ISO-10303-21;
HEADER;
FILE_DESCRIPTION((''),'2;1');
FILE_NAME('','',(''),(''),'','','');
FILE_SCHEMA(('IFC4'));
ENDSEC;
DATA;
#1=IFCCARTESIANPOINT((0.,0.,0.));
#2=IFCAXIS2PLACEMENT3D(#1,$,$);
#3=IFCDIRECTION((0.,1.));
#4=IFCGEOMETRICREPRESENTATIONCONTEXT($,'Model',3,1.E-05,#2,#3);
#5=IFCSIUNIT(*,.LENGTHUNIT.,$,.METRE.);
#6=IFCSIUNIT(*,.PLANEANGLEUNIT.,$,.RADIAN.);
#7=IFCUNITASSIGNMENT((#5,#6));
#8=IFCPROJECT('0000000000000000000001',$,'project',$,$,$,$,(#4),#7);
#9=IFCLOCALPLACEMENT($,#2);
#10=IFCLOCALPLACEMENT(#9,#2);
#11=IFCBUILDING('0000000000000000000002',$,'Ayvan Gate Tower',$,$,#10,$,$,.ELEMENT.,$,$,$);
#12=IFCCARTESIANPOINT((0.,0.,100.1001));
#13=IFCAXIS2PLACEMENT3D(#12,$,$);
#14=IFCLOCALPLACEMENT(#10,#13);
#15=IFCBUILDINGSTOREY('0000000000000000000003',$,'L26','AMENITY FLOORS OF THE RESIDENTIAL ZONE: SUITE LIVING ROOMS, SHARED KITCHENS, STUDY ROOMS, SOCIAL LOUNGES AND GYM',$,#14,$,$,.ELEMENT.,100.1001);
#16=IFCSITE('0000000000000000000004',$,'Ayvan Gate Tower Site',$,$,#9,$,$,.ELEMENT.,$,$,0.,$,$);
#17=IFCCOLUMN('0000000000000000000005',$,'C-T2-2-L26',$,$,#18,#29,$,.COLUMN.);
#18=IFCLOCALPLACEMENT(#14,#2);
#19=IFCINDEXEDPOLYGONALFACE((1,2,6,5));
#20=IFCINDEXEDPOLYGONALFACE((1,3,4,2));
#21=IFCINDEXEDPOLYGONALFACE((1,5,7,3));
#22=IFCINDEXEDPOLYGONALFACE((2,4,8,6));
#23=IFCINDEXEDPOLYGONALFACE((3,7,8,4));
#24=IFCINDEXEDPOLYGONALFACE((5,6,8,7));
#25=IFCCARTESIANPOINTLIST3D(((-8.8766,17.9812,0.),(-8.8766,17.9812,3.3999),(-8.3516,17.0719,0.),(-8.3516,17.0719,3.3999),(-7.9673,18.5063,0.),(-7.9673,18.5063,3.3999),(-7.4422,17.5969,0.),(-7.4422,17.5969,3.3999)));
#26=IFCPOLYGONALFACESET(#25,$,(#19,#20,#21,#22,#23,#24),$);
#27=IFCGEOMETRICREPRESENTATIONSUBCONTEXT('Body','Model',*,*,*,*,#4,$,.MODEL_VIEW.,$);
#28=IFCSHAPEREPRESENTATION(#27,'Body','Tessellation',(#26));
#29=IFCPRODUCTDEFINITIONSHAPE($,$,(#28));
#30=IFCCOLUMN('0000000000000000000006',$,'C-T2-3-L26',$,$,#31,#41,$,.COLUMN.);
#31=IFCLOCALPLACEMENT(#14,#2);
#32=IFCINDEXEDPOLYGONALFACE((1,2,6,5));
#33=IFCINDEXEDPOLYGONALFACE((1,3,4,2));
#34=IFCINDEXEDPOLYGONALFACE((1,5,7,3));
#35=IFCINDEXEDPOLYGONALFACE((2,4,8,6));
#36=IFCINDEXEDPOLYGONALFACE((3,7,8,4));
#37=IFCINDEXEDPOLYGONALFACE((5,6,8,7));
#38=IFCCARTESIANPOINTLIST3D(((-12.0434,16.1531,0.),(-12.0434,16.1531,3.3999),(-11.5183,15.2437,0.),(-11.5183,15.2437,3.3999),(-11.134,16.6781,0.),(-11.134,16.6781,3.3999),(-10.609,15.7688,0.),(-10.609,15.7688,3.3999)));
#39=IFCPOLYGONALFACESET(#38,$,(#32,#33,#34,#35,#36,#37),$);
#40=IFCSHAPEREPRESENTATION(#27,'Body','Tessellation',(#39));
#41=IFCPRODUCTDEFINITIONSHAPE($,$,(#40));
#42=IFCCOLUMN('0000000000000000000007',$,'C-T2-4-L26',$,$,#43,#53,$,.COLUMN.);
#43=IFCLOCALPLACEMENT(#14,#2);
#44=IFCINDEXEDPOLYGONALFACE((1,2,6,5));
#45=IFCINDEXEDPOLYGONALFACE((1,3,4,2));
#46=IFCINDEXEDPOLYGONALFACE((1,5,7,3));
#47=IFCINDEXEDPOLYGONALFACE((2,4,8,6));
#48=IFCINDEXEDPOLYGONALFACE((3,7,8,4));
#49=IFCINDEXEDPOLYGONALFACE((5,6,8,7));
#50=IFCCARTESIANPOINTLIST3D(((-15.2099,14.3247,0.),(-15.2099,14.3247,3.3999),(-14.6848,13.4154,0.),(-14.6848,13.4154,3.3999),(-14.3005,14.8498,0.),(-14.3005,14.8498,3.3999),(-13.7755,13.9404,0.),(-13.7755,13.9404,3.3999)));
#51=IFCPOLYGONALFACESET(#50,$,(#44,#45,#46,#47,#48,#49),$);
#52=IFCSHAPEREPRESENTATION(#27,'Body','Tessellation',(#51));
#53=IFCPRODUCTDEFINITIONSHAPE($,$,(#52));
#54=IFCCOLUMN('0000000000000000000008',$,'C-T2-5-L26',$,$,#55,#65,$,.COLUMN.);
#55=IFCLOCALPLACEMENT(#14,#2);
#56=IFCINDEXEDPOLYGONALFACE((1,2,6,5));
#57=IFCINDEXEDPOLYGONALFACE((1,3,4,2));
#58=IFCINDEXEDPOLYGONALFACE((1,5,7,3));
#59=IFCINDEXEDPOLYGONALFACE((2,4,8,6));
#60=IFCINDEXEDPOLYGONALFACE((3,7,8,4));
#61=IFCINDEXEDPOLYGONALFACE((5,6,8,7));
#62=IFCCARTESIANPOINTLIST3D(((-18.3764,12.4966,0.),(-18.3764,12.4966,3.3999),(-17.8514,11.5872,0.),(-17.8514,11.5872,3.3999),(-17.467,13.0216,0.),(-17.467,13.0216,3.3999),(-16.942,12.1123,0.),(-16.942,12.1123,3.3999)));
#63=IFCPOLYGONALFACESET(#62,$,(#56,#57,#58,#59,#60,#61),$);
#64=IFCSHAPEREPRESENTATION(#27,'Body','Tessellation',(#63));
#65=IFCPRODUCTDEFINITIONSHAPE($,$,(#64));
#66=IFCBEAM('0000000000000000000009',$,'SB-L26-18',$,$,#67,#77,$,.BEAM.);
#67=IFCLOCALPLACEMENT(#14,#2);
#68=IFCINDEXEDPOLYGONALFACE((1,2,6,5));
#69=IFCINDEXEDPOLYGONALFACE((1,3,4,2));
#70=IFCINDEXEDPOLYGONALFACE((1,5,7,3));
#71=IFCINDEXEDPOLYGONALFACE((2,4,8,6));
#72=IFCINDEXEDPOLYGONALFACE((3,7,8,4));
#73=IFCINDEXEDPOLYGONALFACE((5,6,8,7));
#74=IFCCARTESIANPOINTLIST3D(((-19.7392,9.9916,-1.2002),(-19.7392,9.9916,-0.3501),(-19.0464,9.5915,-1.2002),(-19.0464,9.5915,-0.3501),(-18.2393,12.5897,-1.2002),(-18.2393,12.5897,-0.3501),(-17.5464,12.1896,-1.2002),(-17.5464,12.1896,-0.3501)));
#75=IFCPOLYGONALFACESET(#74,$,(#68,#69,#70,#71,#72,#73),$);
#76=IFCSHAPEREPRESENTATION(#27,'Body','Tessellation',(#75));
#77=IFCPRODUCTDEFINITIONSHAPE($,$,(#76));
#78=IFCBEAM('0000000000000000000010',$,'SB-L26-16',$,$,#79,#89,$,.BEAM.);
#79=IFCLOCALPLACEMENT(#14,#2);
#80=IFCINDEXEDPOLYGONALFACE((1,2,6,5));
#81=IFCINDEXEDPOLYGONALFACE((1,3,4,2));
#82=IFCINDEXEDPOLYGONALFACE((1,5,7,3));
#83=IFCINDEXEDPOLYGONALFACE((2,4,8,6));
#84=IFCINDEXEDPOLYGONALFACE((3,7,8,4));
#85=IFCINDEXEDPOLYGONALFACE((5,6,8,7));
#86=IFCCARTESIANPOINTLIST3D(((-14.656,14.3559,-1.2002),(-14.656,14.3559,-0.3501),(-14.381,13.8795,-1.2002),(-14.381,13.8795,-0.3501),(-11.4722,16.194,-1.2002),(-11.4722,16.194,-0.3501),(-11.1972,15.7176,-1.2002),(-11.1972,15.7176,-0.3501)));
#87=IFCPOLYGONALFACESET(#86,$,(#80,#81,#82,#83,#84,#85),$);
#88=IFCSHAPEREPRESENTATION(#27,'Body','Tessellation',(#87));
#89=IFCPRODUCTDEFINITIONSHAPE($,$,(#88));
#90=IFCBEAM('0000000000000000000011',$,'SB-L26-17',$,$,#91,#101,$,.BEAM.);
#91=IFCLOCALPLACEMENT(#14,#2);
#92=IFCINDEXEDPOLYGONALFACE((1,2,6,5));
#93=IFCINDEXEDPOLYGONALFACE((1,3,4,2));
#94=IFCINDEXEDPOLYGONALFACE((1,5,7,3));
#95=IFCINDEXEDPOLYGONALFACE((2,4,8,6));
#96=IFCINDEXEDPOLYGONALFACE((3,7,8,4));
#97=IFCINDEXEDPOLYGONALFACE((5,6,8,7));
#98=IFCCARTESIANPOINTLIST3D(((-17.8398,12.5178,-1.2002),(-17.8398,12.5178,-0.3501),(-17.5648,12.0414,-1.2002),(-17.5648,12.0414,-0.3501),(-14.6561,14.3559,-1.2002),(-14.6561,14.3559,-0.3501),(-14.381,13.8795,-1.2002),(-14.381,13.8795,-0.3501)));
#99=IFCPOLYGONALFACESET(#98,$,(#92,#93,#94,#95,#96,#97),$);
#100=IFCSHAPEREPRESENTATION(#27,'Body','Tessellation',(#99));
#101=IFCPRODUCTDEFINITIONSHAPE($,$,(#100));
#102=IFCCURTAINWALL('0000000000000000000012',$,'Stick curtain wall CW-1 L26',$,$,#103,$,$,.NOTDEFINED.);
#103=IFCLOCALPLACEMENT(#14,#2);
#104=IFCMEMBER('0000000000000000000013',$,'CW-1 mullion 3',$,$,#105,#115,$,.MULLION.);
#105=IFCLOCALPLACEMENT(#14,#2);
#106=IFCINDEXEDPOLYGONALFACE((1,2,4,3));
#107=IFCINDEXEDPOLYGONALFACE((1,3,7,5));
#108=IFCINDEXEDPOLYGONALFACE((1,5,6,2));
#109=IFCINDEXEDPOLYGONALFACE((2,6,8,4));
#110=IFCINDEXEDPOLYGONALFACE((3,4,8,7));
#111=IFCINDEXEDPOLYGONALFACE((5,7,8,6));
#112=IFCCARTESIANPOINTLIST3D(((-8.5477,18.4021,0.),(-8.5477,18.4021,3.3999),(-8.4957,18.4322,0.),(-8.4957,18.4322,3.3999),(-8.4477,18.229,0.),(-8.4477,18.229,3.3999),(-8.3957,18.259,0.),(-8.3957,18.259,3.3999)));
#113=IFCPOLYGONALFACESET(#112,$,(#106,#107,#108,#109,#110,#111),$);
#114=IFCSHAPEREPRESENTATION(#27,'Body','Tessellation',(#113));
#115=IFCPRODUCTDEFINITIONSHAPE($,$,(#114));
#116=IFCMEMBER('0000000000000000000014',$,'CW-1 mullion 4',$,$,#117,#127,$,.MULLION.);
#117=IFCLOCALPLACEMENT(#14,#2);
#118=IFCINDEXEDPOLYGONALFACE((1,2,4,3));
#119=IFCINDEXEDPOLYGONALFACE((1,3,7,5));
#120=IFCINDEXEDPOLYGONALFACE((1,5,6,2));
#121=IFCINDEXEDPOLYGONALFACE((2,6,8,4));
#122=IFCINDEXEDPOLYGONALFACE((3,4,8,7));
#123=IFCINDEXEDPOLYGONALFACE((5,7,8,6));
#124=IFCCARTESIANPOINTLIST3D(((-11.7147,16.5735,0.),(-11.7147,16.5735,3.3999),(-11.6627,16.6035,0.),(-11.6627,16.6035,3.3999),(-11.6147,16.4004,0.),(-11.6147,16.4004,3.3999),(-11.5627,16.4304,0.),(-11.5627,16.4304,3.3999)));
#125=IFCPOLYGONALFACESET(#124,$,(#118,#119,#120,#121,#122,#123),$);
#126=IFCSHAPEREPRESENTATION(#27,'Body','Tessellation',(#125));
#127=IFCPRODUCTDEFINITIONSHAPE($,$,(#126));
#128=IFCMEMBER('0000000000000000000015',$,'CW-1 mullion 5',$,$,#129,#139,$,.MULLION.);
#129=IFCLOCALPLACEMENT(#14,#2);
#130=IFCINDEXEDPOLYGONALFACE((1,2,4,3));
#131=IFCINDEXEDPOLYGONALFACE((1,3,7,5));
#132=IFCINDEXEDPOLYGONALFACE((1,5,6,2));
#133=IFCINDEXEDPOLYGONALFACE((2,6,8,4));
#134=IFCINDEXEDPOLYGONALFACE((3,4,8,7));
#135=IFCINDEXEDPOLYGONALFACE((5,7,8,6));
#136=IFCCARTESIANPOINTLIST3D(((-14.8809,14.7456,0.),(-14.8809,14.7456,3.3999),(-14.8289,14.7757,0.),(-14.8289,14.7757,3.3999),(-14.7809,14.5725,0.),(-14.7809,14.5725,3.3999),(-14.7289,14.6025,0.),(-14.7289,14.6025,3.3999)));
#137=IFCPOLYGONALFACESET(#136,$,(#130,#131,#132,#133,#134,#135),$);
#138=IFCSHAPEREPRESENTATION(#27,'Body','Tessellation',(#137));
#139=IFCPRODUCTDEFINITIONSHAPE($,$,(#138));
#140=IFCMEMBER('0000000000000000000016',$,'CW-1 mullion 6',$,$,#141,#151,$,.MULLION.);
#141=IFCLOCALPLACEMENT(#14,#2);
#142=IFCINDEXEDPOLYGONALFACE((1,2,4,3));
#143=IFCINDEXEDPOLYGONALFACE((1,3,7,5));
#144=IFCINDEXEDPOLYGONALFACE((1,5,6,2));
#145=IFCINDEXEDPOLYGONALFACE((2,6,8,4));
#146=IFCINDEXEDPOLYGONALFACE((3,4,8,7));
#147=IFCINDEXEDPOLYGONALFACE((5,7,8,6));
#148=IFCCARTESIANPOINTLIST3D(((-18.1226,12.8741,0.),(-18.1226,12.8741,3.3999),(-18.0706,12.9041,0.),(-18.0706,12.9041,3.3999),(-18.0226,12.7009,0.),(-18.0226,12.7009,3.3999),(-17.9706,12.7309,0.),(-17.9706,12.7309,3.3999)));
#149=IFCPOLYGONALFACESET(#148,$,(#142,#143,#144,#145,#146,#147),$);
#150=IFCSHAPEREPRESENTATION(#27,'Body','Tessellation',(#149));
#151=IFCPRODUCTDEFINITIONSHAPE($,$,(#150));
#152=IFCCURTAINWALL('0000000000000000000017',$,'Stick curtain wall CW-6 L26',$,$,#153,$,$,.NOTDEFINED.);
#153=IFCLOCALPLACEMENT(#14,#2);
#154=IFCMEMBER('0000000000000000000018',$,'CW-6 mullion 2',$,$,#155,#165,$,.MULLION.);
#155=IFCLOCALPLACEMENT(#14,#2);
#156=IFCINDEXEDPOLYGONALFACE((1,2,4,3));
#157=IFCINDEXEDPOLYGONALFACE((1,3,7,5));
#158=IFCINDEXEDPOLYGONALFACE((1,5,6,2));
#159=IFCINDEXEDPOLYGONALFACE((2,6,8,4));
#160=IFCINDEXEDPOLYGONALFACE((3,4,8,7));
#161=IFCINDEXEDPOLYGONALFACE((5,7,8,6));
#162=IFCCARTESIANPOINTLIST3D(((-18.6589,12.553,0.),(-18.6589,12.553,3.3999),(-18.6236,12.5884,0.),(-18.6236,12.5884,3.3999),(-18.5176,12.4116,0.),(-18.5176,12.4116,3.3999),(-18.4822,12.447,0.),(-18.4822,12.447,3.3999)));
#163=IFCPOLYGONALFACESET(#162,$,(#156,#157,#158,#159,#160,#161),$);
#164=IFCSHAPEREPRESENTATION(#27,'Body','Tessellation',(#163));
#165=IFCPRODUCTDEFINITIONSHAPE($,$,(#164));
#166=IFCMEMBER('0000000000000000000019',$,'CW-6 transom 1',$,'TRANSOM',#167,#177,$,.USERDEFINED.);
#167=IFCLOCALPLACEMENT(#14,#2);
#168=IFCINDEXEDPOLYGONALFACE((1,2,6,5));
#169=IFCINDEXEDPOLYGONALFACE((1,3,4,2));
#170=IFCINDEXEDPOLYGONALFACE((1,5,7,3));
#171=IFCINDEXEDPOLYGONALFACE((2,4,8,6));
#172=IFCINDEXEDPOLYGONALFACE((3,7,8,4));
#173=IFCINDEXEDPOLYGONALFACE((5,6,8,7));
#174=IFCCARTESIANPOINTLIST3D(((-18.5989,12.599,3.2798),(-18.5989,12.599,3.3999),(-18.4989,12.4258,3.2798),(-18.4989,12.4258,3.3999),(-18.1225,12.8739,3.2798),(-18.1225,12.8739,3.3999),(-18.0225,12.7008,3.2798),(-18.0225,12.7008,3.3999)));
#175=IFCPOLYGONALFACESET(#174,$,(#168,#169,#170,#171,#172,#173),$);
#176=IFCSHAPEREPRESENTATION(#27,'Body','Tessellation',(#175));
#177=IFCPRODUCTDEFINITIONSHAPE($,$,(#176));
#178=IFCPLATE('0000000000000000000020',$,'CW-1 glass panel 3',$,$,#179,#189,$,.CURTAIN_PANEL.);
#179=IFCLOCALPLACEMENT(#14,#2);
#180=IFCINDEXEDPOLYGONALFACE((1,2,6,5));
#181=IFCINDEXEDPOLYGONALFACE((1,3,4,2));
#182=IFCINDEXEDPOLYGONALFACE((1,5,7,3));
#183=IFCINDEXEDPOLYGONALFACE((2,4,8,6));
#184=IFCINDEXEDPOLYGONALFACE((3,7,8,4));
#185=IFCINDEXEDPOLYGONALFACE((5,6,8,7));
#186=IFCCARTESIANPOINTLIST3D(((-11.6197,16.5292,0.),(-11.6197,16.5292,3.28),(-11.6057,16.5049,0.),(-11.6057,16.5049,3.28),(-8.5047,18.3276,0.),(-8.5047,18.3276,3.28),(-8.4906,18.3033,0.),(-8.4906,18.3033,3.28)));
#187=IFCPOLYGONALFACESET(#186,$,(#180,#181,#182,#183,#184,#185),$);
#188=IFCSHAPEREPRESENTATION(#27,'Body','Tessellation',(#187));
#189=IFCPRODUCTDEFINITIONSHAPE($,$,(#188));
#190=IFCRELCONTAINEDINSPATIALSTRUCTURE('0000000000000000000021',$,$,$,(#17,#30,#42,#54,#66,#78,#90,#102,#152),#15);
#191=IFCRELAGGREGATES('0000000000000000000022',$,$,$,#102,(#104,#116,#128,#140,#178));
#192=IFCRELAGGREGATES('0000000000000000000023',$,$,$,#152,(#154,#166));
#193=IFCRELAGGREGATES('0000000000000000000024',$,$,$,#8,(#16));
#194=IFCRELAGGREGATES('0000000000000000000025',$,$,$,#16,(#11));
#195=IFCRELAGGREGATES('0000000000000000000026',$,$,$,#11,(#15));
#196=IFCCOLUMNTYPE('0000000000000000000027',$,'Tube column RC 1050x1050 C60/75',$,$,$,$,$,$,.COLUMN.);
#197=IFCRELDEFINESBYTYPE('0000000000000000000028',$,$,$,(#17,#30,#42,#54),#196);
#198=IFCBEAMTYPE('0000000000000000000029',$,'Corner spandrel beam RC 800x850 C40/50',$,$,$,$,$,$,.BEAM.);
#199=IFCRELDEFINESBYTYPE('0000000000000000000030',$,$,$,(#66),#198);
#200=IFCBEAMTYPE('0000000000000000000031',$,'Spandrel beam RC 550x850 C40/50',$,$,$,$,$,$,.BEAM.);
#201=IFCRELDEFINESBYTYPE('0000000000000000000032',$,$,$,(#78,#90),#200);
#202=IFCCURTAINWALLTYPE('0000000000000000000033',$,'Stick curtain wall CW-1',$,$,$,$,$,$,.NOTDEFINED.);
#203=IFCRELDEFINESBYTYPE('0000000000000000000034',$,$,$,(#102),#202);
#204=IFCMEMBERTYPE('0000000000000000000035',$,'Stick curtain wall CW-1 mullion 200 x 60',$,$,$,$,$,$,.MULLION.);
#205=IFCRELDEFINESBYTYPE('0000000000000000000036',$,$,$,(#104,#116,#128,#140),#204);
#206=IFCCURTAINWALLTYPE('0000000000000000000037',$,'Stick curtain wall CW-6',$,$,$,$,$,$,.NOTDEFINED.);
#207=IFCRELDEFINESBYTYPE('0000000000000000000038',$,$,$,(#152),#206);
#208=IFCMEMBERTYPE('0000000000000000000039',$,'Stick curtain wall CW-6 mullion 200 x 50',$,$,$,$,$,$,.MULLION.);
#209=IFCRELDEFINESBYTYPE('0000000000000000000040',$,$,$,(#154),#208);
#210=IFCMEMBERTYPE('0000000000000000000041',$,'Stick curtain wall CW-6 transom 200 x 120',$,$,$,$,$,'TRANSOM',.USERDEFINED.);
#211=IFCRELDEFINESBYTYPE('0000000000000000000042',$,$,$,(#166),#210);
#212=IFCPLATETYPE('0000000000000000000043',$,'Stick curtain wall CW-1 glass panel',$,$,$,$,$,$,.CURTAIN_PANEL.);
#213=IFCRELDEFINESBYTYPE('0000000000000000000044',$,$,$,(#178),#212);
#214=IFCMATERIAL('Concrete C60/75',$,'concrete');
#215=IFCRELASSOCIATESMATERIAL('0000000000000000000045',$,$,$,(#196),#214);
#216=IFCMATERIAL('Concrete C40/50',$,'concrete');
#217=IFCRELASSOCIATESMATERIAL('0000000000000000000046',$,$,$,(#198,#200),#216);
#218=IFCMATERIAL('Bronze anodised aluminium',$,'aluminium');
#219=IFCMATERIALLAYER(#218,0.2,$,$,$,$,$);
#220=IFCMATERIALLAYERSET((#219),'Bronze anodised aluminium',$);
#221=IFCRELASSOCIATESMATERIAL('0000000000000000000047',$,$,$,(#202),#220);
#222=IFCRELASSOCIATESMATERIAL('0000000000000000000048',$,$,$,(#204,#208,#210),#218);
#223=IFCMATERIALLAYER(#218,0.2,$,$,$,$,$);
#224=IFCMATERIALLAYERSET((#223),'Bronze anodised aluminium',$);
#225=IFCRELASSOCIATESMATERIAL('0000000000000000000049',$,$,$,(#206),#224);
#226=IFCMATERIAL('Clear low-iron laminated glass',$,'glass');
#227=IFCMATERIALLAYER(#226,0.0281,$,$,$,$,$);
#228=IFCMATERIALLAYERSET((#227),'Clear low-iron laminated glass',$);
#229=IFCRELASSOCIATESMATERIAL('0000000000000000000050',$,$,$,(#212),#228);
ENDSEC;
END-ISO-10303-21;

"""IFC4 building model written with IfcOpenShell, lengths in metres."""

from ifc_helpers import new_model, si_unit, direction, frame, origin, origin_2d, place, context, subcontext, project, spatial, rectangle, extrude, material, layer, layer_set, material_profile, profile_set, type_object, element, aggregate, save


model = new_model("IFC4")

# Units and contexts
model_context = context("Model", 3, precision=1e-05, world=origin(), true_north=direction((0.0, 1.0)))
body_context = subcontext(model_context, "Body", "Model", "MODEL_VIEW")
ifc_project = project(units=[si_unit("LENGTHUNIT", "METRE"), si_unit("PLANEANGLEUNIT", "RADIAN")], contexts=[model_context])

# Site, building, storey
site_placement = place(None, origin())
site = spatial("IfcSite", under=ifc_project, at=site_placement, Name="Ayvan Gate Tower Site", CompositionType="ELEMENT", RefElevation=0.0)
building_placement = place(site_placement, origin())
building = spatial("IfcBuilding", under=site, at=building_placement, Name="Ayvan Gate Tower", CompositionType="ELEMENT")
storey_placement = place(building_placement, frame((0.0, 0.0, 100.1001)))
storey = spatial("IfcBuildingStorey", under=building, at=storey_placement, Name="L26", Description="AMENITY FLOORS OF THE RESIDENTIAL ZONE: SUITE LIVING ROOMS, SHARED KITCHENS, STUDY ROOMS, SOCIAL LOUNGES AND GYM", CompositionType="ELEMENT", Elevation=100.1001)

# Columns
ifc_material_1 = material(Name="Concrete C60/75", Category="concrete")
ifc_material_profile_1 = material_profile(ifc_material_1, rectangle(XDim=1.05, YDim=1.05, at=origin_2d()), Name="RC 1050x1050")
ifc_profile_set_1 = profile_set([ifc_material_profile_1], Name="Concrete C60/75")
column_type = type_object("IfcColumnType", Name="Tube column RC 1050x1050 C60/75", PredefinedType="COLUMN", material=ifc_profile_set_1)
for number, where, z_axis, x_axis, name in (
    (1, (-8.1594, 17.7891, 0.0), (0.0, 0.0, 1.0), (-0.5, 0.866025, 0.0), "C-T2-2-L26"),
    (2, (-11.3262, 15.9609, 0.0), (0.0, 0.0, 1.0), (-0.5, 0.866025, 0.0), "C-T2-3-L26"),
    (3, (-14.4927, 14.1326, 0.0), (0.0, 0.0, 1.0), (-0.5, 0.866025, 0.0), "C-T2-4-L26"),
    (4, (-17.6592, 12.3044, 0.0), (0.0, 0.0, 1.0), (-0.5, 0.866025, 0.0), "C-T2-5-L26"),
):
    element("IfcColumn", number, at=place(storey_placement, frame(where, z_axis=z_axis, x_axis=x_axis)), inside=storey, type_object=column_type, Name=name, PredefinedType="COLUMN", context=body_context, shape_type="SweptSolid", body=[
        extrude(rectangle(XDim=1.05, YDim=1.05, at=origin_2d()), origin(), (0.0, 0.0, 1.0), 3.3999),
    ])

# Beams
ifc_material_2 = material(Name="Concrete C40/50", Category="concrete")
ifc_material_profile_2 = material_profile(ifc_material_2, rectangle(XDim=0.8, YDim=0.8501, at=origin_2d()), Name="RC 800x850")
ifc_profile_set_2 = profile_set([ifc_material_profile_2], Name="Concrete C40/50")
beam_type_1 = type_object("IfcBeamType", Name="Corner spandrel beam RC 800x850 C40/50", PredefinedType="BEAM", material=ifc_profile_set_2)
beam_placement = place(storey_placement, frame((-17.8928, 12.3896, -0.7751), z_axis=(-0.49999, -0.866031, 0.0), x_axis=(0.866031, -0.49999, 0.0)))
element("IfcBeam", 5, at=beam_placement, inside=storey, type_object=beam_type_1, Name="SB-L26-18", PredefinedType="BEAM", context=body_context, shape_type="SweptSolid", body=[
    extrude(rectangle(XDim=0.8, YDim=0.8501, at=origin_2d()), origin(), (0.0, 0.0, 1.0), 3.0),
])
ifc_material_profile_3 = material_profile(ifc_material_2, rectangle(XDim=0.55, YDim=0.8501, at=origin_2d()), Name="RC 550x850")
ifc_profile_set_3 = profile_set([ifc_material_profile_3], Name="Concrete C40/50")
beam_type_2 = type_object("IfcBeamType", Name="Spandrel beam RC 550x850 C40/50", PredefinedType="BEAM", material=ifc_profile_set_3)
for number, where, z_axis, x_axis, name in (
    (6, (-11.3347, 15.9558, -0.7751), (-0.866032, -0.499989, 0.0), (0.499989, -0.866032, 0.0), "SB-L26-16"),
    (7, (-14.5186, 14.1177, -0.7751), (-0.866032, -0.499989, 0.0), (0.499989, -0.866032, 0.0), "SB-L26-17"),
):
    element("IfcBeam", number, at=place(storey_placement, frame(where, z_axis=z_axis, x_axis=x_axis)), inside=storey, type_object=beam_type_2, Name=name, PredefinedType="BEAM", context=body_context, shape_type="SweptSolid", body=[
        extrude(rectangle(XDim=0.55, YDim=0.8501, at=origin_2d()), origin(), (0.0, 0.0, 1.0), 3.6763),
    ])

# Curtain walls, members
ifc_material_3 = material(Name="Bronze anodised aluminium", Category="aluminium")
ifc_layer_1 = layer(ifc_material_3, 0.2)
ifc_layer_set_1 = layer_set([ifc_layer_1], Name="Bronze anodised aluminium")
curtain_wall_type_1 = type_object("IfcCurtainWallType", Name="Stick curtain wall CW-1", PredefinedType="NOTDEFINED", material=ifc_layer_set_1)
curtain_wall_1_placement = place(storey_placement, origin())
curtain_wall_1 = element("IfcCurtainWall", 8, at=curtain_wall_1_placement, inside=storey, type_object=curtain_wall_type_1, Name="Stick curtain wall CW-1 L26", PredefinedType="NOTDEFINED")
ifc_material_profile_4 = material_profile(ifc_material_3, rectangle(XDim=0.2, YDim=0.0601, at=origin_2d()), Name="Stick curtain wall CW-1 mullion 200 x 60")
ifc_profile_set_4 = profile_set([ifc_material_profile_4], Name="Bronze anodised aluminium")
member_type_1 = type_object("IfcMemberType", Name="Stick curtain wall CW-1 mullion 200 x 60", PredefinedType="MULLION", material=ifc_profile_set_4)
member_1_placement = place(storey_placement, frame((-8.4717, 18.3306, 0.0), z_axis=(0.0, 0.0, 1.0), x_axis=(-0.5, 0.866025, 0.0)))
member_1 = element("IfcMember", 9, at=member_1_placement, type_object=member_type_1, Name="CW-1 mullion 3", PredefinedType="MULLION", context=body_context, shape_type="SweptSolid", body=[
    extrude(rectangle(XDim=0.2, YDim=0.0601, at=origin_2d()), origin(), (0.0, 0.0, 1.0), 3.3999),
])
member_2_placement = place(storey_placement, frame((-11.6387, 16.502, 0.0), z_axis=(0.0, 0.0, 1.0), x_axis=(-0.5, 0.866025, 0.0)))
member_2 = element("IfcMember", 10, at=member_2_placement, type_object=member_type_1, Name="CW-1 mullion 4", PredefinedType="MULLION", context=body_context, shape_type="SweptSolid", body=[
    extrude(rectangle(XDim=0.2, YDim=0.0601, at=origin_2d()), origin(), (0.0, 0.0, 1.0), 3.3999),
])
member_3_placement = place(storey_placement, frame((-14.8049, 14.6741, 0.0), z_axis=(0.0, 0.0, 1.0), x_axis=(-0.5, 0.866025, 0.0)))
member_3 = element("IfcMember", 11, at=member_3_placement, type_object=member_type_1, Name="CW-1 mullion 5", PredefinedType="MULLION", context=body_context, shape_type="SweptSolid", body=[
    extrude(rectangle(XDim=0.2, YDim=0.0601, at=origin_2d()), origin(), (0.0, 0.0, 1.0), 3.3999),
])
member_4_placement = place(storey_placement, frame((-18.0466, 12.8025, 0.0), z_axis=(0.0, 0.0, 1.0), x_axis=(-0.5, 0.866025, 0.0)))
member_4 = element("IfcMember", 12, at=member_4_placement, type_object=member_type_1, Name="CW-1 mullion 6", PredefinedType="MULLION", context=body_context, shape_type="SweptSolid", body=[
    extrude(rectangle(XDim=0.2, YDim=0.0601, at=origin_2d()), origin(), (0.0, 0.0, 1.0), 3.3999),
])
ifc_layer_2 = layer(ifc_material_3, 0.2)
ifc_layer_set_2 = layer_set([ifc_layer_2], Name="Bronze anodised aluminium")
curtain_wall_type_2 = type_object("IfcCurtainWallType", Name="Stick curtain wall CW-6", PredefinedType="NOTDEFINED", material=ifc_layer_set_2)
curtain_wall_2_placement = place(storey_placement, origin())
curtain_wall_2 = element("IfcCurtainWall", 13, at=curtain_wall_2_placement, inside=storey, type_object=curtain_wall_type_2, Name="Stick curtain wall CW-6 L26", PredefinedType="NOTDEFINED")
ifc_material_profile_5 = material_profile(ifc_material_3, rectangle(XDim=0.2, YDim=0.05, at=origin_2d()), Name="Stick curtain wall CW-6 mullion 200 x 50")
ifc_profile_set_5 = profile_set([ifc_material_profile_5], Name="Bronze anodised aluminium")
member_type_2 = type_object("IfcMemberType", Name="Stick curtain wall CW-6 mullion 200 x 50", PredefinedType="MULLION", material=ifc_profile_set_5)
member_5_placement = place(storey_placement, frame((-18.5706, 12.5, 0.0), z_axis=(0.0, 0.0, 1.0), x_axis=(-0.707107, 0.707107, 0.0)))
member_5 = element("IfcMember", 14, at=member_5_placement, type_object=member_type_2, Name="CW-6 mullion 2", PredefinedType="MULLION", context=body_context, shape_type="SweptSolid", body=[
    extrude(rectangle(XDim=0.2, YDim=0.05, at=origin_2d()), origin(), (0.0, 0.0, 1.0), 3.3999),
])
ifc_material_profile_6 = material_profile(ifc_material_3, rectangle(XDim=0.2, YDim=0.1201, at=origin_2d()), Name="Stick curtain wall CW-6 transom 200 x 120")
ifc_profile_set_6 = profile_set([ifc_material_profile_6], Name="Bronze anodised aluminium")
member_type_3 = type_object("IfcMemberType", Name="Stick curtain wall CW-6 transom 200 x 120", ElementType="TRANSOM", PredefinedType="USERDEFINED", material=ifc_profile_set_6)
member_6_placement = place(storey_placement, frame((-18.0725, 12.7874, 3.3398), z_axis=(-0.866104, -0.499863, 0.0), x_axis=(0.499863, -0.866104, 0.0)))
member_6 = element("IfcMember", 15, at=member_6_placement, type_object=member_type_3, Name="CW-6 transom 1", ObjectType="TRANSOM", PredefinedType="USERDEFINED", context=body_context, shape_type="SweptSolid", body=[
    extrude(rectangle(XDim=0.2, YDim=0.1201, at=origin_2d()), origin(), (0.0, 0.0, 1.0), 0.55),
])

# Plate
ifc_material_4 = material(Name="Clear low-iron laminated glass", Category="glass")
ifc_layer_3 = layer(ifc_material_4, 0.0281)
ifc_layer_set_3 = layer_set([ifc_layer_3], Name="Clear low-iron laminated glass")
plate_type_1 = type_object("IfcPlateType", Name="Stick curtain wall CW-1 glass panel", PredefinedType="CURTAIN_PANEL", material=ifc_layer_set_3)
plate_1_placement = place(storey_placement, frame((-10.0552, 17.4163, 0.0), z_axis=(0.0, 0.0, 1.0), x_axis=(-0.866025, -0.5, 0.0)))
plate_1 = element("IfcPlate", 16, at=plate_1_placement, type_object=plate_type_1, Name="CW-1 glass panel 3", PredefinedType="CURTAIN_PANEL", context=body_context, shape_type="SweptSolid", body=[
    extrude(rectangle(XDim=3.5969, YDim=0.0281, at=origin_2d()), origin(), (0.0, 0.0, 1.0), 3.28),
])
aggregate(curtain_wall_1, [member_1, member_2, member_3, member_4, plate_1])
aggregate(curtain_wall_2, [member_5, member_6])

save(model, "model.ifc")
